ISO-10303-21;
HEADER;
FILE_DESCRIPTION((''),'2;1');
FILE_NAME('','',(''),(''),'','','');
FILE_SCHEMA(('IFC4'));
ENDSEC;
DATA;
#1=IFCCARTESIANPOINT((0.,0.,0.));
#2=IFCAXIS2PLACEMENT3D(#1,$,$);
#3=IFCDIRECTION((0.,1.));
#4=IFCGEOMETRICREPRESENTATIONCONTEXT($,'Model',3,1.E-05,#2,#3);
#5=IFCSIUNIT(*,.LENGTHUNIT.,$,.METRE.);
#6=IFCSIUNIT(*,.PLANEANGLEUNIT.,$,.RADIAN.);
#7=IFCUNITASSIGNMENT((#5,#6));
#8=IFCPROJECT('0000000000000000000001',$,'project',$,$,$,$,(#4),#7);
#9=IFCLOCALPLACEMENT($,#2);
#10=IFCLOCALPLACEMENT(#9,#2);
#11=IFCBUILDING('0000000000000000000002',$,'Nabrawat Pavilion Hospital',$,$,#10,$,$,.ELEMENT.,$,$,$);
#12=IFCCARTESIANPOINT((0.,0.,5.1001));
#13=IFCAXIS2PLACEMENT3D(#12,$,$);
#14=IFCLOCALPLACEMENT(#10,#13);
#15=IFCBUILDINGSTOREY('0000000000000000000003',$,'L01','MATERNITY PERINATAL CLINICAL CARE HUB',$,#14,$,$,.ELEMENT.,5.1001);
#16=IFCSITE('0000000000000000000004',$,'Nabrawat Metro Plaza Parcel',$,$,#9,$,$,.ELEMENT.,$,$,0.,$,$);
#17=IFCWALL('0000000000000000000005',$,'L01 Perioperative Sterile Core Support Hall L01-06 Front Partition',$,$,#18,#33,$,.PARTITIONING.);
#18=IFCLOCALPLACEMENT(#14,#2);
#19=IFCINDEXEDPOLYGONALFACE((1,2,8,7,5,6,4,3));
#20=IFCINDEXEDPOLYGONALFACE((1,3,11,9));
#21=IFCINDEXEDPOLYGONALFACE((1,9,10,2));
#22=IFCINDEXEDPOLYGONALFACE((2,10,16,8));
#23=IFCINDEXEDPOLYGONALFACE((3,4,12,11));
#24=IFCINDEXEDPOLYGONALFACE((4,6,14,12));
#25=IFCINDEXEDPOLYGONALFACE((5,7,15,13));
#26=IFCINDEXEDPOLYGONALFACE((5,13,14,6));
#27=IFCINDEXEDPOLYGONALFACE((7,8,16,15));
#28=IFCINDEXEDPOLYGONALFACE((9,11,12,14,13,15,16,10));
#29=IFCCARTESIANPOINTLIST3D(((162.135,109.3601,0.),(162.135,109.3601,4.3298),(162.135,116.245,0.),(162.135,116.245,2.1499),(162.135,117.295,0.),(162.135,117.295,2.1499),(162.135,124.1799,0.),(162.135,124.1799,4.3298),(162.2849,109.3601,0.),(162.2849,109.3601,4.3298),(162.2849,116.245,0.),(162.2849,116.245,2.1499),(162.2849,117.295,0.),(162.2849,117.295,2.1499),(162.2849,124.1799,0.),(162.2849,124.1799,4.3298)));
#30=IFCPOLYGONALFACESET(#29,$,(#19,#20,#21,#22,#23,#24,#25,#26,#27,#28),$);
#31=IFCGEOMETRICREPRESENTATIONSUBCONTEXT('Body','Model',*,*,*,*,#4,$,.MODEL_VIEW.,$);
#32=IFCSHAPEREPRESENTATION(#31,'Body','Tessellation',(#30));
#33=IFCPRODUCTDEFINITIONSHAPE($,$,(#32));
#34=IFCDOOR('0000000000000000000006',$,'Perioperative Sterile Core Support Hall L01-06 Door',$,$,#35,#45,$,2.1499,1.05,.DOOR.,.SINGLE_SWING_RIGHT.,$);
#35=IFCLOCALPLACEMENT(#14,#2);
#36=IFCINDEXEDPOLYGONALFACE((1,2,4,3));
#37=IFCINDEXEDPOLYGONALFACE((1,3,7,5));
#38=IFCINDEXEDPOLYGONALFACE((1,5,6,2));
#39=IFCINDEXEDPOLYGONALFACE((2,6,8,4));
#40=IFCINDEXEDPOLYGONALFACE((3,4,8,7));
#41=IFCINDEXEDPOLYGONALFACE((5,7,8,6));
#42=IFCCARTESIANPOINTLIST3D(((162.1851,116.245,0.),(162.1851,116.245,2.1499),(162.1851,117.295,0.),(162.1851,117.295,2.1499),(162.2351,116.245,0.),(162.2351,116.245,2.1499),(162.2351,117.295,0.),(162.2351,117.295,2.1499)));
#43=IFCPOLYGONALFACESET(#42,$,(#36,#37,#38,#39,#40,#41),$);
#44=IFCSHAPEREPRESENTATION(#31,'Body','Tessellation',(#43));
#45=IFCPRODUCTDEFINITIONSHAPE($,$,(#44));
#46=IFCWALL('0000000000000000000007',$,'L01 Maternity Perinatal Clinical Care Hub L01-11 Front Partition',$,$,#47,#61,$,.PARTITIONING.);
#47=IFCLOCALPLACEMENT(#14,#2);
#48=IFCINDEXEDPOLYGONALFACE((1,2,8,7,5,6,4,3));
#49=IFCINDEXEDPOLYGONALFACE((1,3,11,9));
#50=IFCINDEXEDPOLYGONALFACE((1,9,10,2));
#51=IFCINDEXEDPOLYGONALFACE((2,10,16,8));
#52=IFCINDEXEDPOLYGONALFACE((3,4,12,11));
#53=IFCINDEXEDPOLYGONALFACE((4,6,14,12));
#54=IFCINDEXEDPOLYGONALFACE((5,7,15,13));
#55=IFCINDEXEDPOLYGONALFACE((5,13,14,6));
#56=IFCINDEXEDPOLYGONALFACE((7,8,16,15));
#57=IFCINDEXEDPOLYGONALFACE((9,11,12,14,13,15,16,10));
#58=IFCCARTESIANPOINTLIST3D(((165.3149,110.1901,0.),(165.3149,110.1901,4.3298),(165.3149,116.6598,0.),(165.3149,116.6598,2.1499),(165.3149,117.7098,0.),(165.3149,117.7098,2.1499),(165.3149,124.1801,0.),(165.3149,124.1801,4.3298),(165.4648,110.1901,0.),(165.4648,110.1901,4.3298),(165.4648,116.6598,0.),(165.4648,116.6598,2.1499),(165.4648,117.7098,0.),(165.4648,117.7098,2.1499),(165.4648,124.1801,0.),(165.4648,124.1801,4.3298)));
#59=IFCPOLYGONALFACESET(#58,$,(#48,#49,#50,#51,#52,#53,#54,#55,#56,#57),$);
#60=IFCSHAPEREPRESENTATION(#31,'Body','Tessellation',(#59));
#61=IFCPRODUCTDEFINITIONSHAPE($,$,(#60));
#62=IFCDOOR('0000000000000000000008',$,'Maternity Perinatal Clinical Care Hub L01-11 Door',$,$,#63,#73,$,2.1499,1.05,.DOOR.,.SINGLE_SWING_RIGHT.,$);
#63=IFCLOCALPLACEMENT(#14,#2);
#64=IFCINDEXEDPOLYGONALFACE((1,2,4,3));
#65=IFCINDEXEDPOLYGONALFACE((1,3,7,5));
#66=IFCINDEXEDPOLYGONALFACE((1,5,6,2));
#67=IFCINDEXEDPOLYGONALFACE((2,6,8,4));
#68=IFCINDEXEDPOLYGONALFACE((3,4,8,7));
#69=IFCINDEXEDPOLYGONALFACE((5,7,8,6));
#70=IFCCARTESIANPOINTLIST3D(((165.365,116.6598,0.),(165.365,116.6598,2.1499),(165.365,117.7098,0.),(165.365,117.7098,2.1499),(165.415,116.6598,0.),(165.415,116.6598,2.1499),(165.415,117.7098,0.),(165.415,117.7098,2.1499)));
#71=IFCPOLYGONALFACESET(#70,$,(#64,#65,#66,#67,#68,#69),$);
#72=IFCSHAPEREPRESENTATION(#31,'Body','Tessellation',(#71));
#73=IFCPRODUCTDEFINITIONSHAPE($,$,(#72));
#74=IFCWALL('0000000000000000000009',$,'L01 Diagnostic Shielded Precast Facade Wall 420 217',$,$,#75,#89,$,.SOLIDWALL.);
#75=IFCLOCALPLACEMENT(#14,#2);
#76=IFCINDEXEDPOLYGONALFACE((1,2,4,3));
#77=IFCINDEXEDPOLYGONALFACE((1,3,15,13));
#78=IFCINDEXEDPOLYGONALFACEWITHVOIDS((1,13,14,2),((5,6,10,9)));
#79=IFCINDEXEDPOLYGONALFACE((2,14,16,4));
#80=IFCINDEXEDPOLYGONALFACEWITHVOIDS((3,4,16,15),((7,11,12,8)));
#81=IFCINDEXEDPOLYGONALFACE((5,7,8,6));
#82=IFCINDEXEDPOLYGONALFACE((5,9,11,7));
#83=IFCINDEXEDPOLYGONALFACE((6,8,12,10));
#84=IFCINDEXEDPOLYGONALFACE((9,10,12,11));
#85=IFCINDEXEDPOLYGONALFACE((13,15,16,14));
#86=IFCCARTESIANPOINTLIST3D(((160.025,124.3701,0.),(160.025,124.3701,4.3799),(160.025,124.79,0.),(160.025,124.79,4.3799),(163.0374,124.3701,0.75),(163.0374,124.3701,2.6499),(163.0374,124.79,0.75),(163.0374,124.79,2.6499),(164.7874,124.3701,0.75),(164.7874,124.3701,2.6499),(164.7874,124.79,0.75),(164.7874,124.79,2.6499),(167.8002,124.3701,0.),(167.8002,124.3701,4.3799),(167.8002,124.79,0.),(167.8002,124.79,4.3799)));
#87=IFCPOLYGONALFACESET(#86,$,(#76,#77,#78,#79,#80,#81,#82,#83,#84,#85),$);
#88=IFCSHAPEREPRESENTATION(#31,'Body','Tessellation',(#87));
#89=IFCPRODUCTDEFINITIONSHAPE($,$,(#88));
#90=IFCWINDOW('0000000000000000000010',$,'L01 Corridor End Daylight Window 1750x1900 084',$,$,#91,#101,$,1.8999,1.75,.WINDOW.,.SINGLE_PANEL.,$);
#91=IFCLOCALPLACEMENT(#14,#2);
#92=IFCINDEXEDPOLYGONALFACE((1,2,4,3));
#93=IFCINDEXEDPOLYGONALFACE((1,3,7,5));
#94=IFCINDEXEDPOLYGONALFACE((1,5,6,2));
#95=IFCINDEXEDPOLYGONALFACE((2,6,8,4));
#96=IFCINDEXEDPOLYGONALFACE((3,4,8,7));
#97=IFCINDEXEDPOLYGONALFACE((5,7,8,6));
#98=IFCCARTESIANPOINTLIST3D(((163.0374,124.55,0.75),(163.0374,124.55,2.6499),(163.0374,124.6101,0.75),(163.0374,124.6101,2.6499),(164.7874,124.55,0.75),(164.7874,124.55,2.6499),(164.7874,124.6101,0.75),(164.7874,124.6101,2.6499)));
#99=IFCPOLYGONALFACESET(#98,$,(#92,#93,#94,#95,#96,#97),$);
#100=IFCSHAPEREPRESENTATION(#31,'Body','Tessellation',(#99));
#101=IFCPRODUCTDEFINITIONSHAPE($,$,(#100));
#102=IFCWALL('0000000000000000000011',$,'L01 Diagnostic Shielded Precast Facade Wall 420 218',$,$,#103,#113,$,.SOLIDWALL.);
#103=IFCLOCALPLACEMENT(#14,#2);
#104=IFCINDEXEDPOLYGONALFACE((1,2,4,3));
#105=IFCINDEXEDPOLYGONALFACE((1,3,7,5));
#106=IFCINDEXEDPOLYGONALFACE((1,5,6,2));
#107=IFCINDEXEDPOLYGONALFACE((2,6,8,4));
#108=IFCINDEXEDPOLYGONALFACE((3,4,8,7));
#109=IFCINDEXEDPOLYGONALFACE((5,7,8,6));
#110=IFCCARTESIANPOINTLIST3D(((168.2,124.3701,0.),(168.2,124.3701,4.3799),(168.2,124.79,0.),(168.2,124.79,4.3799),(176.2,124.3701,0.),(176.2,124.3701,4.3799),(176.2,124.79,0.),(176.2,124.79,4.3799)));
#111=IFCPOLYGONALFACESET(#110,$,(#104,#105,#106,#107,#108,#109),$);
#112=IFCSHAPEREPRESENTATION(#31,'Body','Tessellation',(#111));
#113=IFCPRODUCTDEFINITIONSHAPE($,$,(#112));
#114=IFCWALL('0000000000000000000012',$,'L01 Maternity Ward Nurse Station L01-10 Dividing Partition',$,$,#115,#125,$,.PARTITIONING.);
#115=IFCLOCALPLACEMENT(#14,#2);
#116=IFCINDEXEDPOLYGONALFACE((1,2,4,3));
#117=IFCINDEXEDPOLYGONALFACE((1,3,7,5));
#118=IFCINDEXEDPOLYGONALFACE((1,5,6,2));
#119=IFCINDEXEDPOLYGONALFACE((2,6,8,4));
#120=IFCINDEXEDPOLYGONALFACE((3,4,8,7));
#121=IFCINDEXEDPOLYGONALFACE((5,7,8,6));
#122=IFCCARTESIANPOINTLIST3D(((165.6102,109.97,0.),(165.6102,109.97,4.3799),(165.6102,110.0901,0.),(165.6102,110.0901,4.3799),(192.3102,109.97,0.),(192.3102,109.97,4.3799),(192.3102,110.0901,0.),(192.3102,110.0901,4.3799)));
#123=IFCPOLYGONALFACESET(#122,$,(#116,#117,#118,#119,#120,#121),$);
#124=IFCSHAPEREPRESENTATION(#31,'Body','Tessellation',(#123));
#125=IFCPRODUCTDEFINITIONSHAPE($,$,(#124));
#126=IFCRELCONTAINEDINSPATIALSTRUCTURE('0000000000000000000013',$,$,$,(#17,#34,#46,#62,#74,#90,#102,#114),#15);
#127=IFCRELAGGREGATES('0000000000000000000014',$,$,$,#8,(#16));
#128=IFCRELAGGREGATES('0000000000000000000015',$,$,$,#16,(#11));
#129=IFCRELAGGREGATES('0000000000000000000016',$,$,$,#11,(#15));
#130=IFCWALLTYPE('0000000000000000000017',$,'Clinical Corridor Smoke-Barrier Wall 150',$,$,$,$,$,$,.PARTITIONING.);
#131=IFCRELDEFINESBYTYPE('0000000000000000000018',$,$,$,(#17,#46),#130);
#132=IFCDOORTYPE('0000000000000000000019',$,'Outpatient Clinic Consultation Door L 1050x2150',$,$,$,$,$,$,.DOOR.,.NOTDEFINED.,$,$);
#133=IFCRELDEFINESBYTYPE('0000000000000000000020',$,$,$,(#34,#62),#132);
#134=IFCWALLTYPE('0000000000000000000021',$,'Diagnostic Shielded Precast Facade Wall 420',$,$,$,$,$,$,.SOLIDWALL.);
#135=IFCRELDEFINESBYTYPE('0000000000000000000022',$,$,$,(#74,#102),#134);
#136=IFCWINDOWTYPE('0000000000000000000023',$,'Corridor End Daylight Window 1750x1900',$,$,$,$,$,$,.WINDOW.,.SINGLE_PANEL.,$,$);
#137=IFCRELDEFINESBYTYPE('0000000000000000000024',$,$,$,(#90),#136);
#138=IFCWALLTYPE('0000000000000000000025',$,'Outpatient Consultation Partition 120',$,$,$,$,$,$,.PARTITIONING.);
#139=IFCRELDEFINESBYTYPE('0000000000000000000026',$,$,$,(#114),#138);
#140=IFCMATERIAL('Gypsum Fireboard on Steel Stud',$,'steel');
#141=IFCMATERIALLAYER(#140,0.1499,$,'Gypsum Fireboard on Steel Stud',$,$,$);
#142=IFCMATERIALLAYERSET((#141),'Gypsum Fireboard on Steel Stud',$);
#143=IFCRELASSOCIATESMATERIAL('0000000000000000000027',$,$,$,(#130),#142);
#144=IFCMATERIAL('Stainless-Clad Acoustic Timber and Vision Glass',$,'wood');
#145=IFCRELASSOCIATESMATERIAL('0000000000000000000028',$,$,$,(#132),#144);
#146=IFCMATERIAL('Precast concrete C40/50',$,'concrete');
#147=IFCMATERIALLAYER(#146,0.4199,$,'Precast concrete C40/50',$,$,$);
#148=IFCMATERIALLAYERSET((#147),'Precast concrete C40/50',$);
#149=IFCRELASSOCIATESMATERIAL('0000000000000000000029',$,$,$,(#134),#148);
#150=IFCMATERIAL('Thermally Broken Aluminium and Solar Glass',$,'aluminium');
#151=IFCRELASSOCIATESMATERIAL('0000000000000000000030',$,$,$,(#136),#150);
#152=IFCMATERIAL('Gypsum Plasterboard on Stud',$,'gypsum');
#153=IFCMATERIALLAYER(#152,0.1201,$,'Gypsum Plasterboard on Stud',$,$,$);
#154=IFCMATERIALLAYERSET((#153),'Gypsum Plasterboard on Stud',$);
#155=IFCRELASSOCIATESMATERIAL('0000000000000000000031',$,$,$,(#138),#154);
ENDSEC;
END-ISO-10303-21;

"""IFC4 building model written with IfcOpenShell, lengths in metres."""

from ifc_helpers import new_model, si_unit, direction, frame, frame_2d, origin, place, context, subcontext, project, spatial, rectangle, extrude, material, layer, layer_set, type_object, element, fill, save


model = new_model("IFC4")

# Units and contexts
model_context = context("Model", 3, precision=1e-05, world=origin(), true_north=direction((0.0, 1.0)))
body_context = subcontext(model_context, "Body", "Model", "MODEL_VIEW")
ifc_project = project(units=[si_unit("LENGTHUNIT", "METRE"), si_unit("PLANEANGLEUNIT", "RADIAN")], contexts=[model_context])

# Site, building, storey
site_placement = place(None, origin())
site = spatial("IfcSite", under=ifc_project, at=site_placement, Name="Nabrawat Metro Plaza Parcel", CompositionType="ELEMENT", RefElevation=0.0)
building_placement = place(site_placement, origin())
building = spatial("IfcBuilding", under=site, at=building_placement, Name="Nabrawat Pavilion Hospital", CompositionType="ELEMENT")
storey_placement = place(building_placement, frame((0.0, 0.0, 5.1001)))
storey = spatial("IfcBuildingStorey", under=building, at=storey_placement, Name="L01", Description="MATERNITY PERINATAL CLINICAL CARE HUB", CompositionType="ELEMENT", Elevation=5.1001)

# Walls, openings, doors
ifc_material_1 = material(Name="Gypsum Fireboard on Steel Stud", Category="steel")
ifc_layer_1 = layer(ifc_material_1, 0.1499, Name="Gypsum Fireboard on Steel Stud")
ifc_layer_set_1 = layer_set([ifc_layer_1], Name="Gypsum Fireboard on Steel Stud")
wall_type_1 = type_object("IfcWallType", Name="Clinical Corridor Smoke-Barrier Wall 150", PredefinedType="PARTITIONING", material=ifc_layer_set_1)
wall_1_placement = place(storey_placement, frame((162.21, 109.3601, 0.0), z_axis=(0.0, 0.0, 1.0), x_axis=(0.0, 1.0, 0.0)))
wall_1 = element("IfcWall", 1, at=wall_1_placement, inside=storey, type_object=wall_type_1, Name="L01 Perioperative Sterile Core Support Hall L01-06 Front Partition", PredefinedType="PARTITIONING", context=body_context, shape_type="SweptSolid", body=[
    extrude(rectangle(XDim=14.8198, YDim=0.1499, at=frame_2d((7.4099, 0.0))), origin(), (0.0, 0.0, 1.0), 4.3298),
])
opening_1_placement = place(wall_1_placement, frame((6.885, 0.0, 0.0)))
opening_1 = element("IfcOpeningElement", 2, at=opening_1_placement, cuts=wall_1, PredefinedType="OPENING", context=body_context, shape_type="SweptSolid", body=[
    extrude(rectangle(XDim=1.05, YDim=2.1499, at=frame_2d((0.5249, 1.075))), frame((0.0, 0.085, 0.0), z_axis=(0.0, -1.0, 0.0), x_axis=(1.0, 0.0, 0.0)), (0.0, 0.0, 1.0), 0.1699),
])
ifc_material_2 = material(Name="Stainless-Clad Acoustic Timber and Vision Glass", Category="wood")
door_type = type_object("IfcDoorType", Name="Outpatient Clinic Consultation Door L 1050x2150", OperationType="NOTDEFINED", PredefinedType="DOOR", material=ifc_material_2)
door_1_placement = place(opening_1_placement, origin())
door_1 = element("IfcDoor", 3, at=door_1_placement, inside=storey, type_object=door_type, Name="Perioperative Sterile Core Support Hall L01-06 Door", OperationType="SINGLE_SWING_RIGHT", OverallHeight=2.1499, OverallWidth=1.05, PredefinedType="DOOR", context=body_context, shape_type="SweptSolid", body=[
    extrude(rectangle(XDim=1.05, YDim=2.1499, at=frame_2d((0.5249, 1.075))), frame((0.0, 0.0249, 0.0), z_axis=(0.0, -1.0, 0.0), x_axis=(1.0, 0.0, 0.0)), (0.0, 0.0, 1.0), 0.05),
])
fill(opening_1, door_1)
wall_2_placement = place(storey_placement, frame((165.3899, 110.1899, 0.0), z_axis=(0.0, 0.0, 1.0), x_axis=(0.0, 1.0, 0.0)))
wall_2 = element("IfcWall", 4, at=wall_2_placement, inside=storey, type_object=wall_type_1, Name="L01 Maternity Perinatal Clinical Care Hub L01-11 Front Partition", PredefinedType="PARTITIONING", context=body_context, shape_type="SweptSolid", body=[
    extrude(rectangle(XDim=13.99, YDim=0.1499, at=frame_2d((6.9951, 0.0))), origin(), (0.0, 0.0, 1.0), 4.3298),
])
opening_2_placement = place(wall_2_placement, frame((6.47, 0.0, 0.0)))
opening_2 = element("IfcOpeningElement", 5, at=opening_2_placement, cuts=wall_2, PredefinedType="OPENING", context=body_context, shape_type="SweptSolid", body=[
    extrude(rectangle(XDim=1.05, YDim=2.1499, at=frame_2d((0.5249, 1.075))), frame((0.0, 0.085, 0.0), z_axis=(0.0, -1.0, 0.0), x_axis=(1.0, 0.0, 0.0)), (0.0, 0.0, 1.0), 0.1699),
])
door_2_placement = place(opening_2_placement, origin())
door_2 = element("IfcDoor", 6, at=door_2_placement, inside=storey, type_object=door_type, Name="Maternity Perinatal Clinical Care Hub L01-11 Door", OperationType="SINGLE_SWING_RIGHT", OverallHeight=2.1499, OverallWidth=1.05, PredefinedType="DOOR", context=body_context, shape_type="SweptSolid", body=[
    extrude(rectangle(XDim=1.05, YDim=2.1499, at=frame_2d((0.5249, 1.075))), frame((0.0, 0.0249, 0.0), z_axis=(0.0, -1.0, 0.0), x_axis=(1.0, 0.0, 0.0)), (0.0, 0.0, 1.0), 0.05),
])
fill(opening_2, door_2)

# Wall, opening, window
ifc_material_3 = material(Name="Precast concrete C40/50", Category="concrete")
ifc_layer_2 = layer(ifc_material_3, 0.4199, Name="Precast concrete C40/50")
ifc_layer_set_2 = layer_set([ifc_layer_2], Name="Precast concrete C40/50")
wall_type_2 = type_object("IfcWallType", Name="Diagnostic Shielded Precast Facade Wall 420", PredefinedType="SOLIDWALL", material=ifc_layer_set_2)
wall_3_placement = place(storey_placement, frame((160.0249, 124.5801, 0.0), z_axis=(0.0, 0.0, 1.0), x_axis=(1.0, 0.0, 0.0)))
wall_3 = element("IfcWall", 7, at=wall_3_placement, inside=storey, type_object=wall_type_2, Name="L01 Diagnostic Shielded Precast Facade Wall 420 217", PredefinedType="SOLIDWALL", context=body_context, shape_type="SweptSolid", body=[
    extrude(rectangle(XDim=7.7751, YDim=0.4199, at=frame_2d((3.8877, 0.0))), origin(), (0.0, 0.0, 1.0), 4.3799),
])
opening_3_placement = place(wall_3_placement, frame((3.0125, 0.0, 0.75)))
opening_3 = element("IfcOpeningElement", 8, at=opening_3_placement, cuts=wall_3, PredefinedType="OPENING", context=body_context, shape_type="SweptSolid", body=[
    extrude(rectangle(XDim=1.75, YDim=1.8999, at=frame_2d((0.875, 0.95))), frame((0.0, 0.22, 0.0), z_axis=(0.0, -1.0, 0.0), x_axis=(1.0, 0.0, 0.0)), (0.0, 0.0, 1.0), 0.4399),
])
ifc_material_4 = material(Name="Thermally Broken Aluminium and Solar Glass", Category="aluminium")
window_type = type_object("IfcWindowType", Name="Corridor End Daylight Window 1750x1900", PartitioningType="SINGLE_PANEL", PredefinedType="WINDOW", material=ifc_material_4)
window_placement = place(opening_3_placement, origin())
window = element("IfcWindow", 9, at=window_placement, inside=storey, type_object=window_type, Name="L01 Corridor End Daylight Window 1750x1900 084", OverallHeight=1.8999, OverallWidth=1.75, PartitioningType="SINGLE_PANEL", PredefinedType="WINDOW", context=body_context, shape_type="SweptSolid", body=[
    extrude(rectangle(XDim=1.75, YDim=1.8999, at=frame_2d((0.875, 0.95))), frame((0.0, 0.03, 0.0), z_axis=(0.0, -1.0, 0.0), x_axis=(1.0, 0.0, 0.0)), (0.0, 0.0, 1.0), 0.0601),
])
fill(opening_3, window)

# Walls
wall_4_placement = place(storey_placement, frame((168.2, 124.5801, 0.0), z_axis=(0.0, 0.0, 1.0), x_axis=(1.0, 0.0, 0.0)))
element("IfcWall", 10, at=wall_4_placement, inside=storey, type_object=wall_type_2, Name="L01 Diagnostic Shielded Precast Facade Wall 420 218", PredefinedType="SOLIDWALL", context=body_context, shape_type="SweptSolid", body=[
    extrude(rectangle(XDim=8.0, YDim=0.4199, at=frame_2d((4.0, 0.0))), origin(), (0.0, 0.0, 1.0), 4.3799),
])
ifc_material_5 = material(Name="Gypsum Plasterboard on Stud", Category="gypsum")
ifc_layer_3 = layer(ifc_material_5, 0.1201, Name="Gypsum Plasterboard on Stud")
ifc_layer_set_3 = layer_set([ifc_layer_3], Name="Gypsum Plasterboard on Stud")
wall_type_3 = type_object("IfcWallType", Name="Outpatient Consultation Partition 120", PredefinedType="PARTITIONING", material=ifc_layer_set_3)
wall_5_placement = place(storey_placement, frame((165.6101, 110.03, 0.0), z_axis=(0.0, 0.0, 1.0), x_axis=(1.0, 0.0, 0.0)))
element("IfcWall", 11, at=wall_5_placement, inside=storey, type_object=wall_type_3, Name="L01 Maternity Ward Nurse Station L01-10 Dividing Partition", PredefinedType="PARTITIONING", context=body_context, shape_type="SweptSolid", body=[
    extrude(rectangle(XDim=26.7, YDim=0.1201, at=frame_2d((13.3501, 0.0))), origin(), (0.0, 0.0, 1.0), 4.3799),
])

save(model, "model.ifc")
